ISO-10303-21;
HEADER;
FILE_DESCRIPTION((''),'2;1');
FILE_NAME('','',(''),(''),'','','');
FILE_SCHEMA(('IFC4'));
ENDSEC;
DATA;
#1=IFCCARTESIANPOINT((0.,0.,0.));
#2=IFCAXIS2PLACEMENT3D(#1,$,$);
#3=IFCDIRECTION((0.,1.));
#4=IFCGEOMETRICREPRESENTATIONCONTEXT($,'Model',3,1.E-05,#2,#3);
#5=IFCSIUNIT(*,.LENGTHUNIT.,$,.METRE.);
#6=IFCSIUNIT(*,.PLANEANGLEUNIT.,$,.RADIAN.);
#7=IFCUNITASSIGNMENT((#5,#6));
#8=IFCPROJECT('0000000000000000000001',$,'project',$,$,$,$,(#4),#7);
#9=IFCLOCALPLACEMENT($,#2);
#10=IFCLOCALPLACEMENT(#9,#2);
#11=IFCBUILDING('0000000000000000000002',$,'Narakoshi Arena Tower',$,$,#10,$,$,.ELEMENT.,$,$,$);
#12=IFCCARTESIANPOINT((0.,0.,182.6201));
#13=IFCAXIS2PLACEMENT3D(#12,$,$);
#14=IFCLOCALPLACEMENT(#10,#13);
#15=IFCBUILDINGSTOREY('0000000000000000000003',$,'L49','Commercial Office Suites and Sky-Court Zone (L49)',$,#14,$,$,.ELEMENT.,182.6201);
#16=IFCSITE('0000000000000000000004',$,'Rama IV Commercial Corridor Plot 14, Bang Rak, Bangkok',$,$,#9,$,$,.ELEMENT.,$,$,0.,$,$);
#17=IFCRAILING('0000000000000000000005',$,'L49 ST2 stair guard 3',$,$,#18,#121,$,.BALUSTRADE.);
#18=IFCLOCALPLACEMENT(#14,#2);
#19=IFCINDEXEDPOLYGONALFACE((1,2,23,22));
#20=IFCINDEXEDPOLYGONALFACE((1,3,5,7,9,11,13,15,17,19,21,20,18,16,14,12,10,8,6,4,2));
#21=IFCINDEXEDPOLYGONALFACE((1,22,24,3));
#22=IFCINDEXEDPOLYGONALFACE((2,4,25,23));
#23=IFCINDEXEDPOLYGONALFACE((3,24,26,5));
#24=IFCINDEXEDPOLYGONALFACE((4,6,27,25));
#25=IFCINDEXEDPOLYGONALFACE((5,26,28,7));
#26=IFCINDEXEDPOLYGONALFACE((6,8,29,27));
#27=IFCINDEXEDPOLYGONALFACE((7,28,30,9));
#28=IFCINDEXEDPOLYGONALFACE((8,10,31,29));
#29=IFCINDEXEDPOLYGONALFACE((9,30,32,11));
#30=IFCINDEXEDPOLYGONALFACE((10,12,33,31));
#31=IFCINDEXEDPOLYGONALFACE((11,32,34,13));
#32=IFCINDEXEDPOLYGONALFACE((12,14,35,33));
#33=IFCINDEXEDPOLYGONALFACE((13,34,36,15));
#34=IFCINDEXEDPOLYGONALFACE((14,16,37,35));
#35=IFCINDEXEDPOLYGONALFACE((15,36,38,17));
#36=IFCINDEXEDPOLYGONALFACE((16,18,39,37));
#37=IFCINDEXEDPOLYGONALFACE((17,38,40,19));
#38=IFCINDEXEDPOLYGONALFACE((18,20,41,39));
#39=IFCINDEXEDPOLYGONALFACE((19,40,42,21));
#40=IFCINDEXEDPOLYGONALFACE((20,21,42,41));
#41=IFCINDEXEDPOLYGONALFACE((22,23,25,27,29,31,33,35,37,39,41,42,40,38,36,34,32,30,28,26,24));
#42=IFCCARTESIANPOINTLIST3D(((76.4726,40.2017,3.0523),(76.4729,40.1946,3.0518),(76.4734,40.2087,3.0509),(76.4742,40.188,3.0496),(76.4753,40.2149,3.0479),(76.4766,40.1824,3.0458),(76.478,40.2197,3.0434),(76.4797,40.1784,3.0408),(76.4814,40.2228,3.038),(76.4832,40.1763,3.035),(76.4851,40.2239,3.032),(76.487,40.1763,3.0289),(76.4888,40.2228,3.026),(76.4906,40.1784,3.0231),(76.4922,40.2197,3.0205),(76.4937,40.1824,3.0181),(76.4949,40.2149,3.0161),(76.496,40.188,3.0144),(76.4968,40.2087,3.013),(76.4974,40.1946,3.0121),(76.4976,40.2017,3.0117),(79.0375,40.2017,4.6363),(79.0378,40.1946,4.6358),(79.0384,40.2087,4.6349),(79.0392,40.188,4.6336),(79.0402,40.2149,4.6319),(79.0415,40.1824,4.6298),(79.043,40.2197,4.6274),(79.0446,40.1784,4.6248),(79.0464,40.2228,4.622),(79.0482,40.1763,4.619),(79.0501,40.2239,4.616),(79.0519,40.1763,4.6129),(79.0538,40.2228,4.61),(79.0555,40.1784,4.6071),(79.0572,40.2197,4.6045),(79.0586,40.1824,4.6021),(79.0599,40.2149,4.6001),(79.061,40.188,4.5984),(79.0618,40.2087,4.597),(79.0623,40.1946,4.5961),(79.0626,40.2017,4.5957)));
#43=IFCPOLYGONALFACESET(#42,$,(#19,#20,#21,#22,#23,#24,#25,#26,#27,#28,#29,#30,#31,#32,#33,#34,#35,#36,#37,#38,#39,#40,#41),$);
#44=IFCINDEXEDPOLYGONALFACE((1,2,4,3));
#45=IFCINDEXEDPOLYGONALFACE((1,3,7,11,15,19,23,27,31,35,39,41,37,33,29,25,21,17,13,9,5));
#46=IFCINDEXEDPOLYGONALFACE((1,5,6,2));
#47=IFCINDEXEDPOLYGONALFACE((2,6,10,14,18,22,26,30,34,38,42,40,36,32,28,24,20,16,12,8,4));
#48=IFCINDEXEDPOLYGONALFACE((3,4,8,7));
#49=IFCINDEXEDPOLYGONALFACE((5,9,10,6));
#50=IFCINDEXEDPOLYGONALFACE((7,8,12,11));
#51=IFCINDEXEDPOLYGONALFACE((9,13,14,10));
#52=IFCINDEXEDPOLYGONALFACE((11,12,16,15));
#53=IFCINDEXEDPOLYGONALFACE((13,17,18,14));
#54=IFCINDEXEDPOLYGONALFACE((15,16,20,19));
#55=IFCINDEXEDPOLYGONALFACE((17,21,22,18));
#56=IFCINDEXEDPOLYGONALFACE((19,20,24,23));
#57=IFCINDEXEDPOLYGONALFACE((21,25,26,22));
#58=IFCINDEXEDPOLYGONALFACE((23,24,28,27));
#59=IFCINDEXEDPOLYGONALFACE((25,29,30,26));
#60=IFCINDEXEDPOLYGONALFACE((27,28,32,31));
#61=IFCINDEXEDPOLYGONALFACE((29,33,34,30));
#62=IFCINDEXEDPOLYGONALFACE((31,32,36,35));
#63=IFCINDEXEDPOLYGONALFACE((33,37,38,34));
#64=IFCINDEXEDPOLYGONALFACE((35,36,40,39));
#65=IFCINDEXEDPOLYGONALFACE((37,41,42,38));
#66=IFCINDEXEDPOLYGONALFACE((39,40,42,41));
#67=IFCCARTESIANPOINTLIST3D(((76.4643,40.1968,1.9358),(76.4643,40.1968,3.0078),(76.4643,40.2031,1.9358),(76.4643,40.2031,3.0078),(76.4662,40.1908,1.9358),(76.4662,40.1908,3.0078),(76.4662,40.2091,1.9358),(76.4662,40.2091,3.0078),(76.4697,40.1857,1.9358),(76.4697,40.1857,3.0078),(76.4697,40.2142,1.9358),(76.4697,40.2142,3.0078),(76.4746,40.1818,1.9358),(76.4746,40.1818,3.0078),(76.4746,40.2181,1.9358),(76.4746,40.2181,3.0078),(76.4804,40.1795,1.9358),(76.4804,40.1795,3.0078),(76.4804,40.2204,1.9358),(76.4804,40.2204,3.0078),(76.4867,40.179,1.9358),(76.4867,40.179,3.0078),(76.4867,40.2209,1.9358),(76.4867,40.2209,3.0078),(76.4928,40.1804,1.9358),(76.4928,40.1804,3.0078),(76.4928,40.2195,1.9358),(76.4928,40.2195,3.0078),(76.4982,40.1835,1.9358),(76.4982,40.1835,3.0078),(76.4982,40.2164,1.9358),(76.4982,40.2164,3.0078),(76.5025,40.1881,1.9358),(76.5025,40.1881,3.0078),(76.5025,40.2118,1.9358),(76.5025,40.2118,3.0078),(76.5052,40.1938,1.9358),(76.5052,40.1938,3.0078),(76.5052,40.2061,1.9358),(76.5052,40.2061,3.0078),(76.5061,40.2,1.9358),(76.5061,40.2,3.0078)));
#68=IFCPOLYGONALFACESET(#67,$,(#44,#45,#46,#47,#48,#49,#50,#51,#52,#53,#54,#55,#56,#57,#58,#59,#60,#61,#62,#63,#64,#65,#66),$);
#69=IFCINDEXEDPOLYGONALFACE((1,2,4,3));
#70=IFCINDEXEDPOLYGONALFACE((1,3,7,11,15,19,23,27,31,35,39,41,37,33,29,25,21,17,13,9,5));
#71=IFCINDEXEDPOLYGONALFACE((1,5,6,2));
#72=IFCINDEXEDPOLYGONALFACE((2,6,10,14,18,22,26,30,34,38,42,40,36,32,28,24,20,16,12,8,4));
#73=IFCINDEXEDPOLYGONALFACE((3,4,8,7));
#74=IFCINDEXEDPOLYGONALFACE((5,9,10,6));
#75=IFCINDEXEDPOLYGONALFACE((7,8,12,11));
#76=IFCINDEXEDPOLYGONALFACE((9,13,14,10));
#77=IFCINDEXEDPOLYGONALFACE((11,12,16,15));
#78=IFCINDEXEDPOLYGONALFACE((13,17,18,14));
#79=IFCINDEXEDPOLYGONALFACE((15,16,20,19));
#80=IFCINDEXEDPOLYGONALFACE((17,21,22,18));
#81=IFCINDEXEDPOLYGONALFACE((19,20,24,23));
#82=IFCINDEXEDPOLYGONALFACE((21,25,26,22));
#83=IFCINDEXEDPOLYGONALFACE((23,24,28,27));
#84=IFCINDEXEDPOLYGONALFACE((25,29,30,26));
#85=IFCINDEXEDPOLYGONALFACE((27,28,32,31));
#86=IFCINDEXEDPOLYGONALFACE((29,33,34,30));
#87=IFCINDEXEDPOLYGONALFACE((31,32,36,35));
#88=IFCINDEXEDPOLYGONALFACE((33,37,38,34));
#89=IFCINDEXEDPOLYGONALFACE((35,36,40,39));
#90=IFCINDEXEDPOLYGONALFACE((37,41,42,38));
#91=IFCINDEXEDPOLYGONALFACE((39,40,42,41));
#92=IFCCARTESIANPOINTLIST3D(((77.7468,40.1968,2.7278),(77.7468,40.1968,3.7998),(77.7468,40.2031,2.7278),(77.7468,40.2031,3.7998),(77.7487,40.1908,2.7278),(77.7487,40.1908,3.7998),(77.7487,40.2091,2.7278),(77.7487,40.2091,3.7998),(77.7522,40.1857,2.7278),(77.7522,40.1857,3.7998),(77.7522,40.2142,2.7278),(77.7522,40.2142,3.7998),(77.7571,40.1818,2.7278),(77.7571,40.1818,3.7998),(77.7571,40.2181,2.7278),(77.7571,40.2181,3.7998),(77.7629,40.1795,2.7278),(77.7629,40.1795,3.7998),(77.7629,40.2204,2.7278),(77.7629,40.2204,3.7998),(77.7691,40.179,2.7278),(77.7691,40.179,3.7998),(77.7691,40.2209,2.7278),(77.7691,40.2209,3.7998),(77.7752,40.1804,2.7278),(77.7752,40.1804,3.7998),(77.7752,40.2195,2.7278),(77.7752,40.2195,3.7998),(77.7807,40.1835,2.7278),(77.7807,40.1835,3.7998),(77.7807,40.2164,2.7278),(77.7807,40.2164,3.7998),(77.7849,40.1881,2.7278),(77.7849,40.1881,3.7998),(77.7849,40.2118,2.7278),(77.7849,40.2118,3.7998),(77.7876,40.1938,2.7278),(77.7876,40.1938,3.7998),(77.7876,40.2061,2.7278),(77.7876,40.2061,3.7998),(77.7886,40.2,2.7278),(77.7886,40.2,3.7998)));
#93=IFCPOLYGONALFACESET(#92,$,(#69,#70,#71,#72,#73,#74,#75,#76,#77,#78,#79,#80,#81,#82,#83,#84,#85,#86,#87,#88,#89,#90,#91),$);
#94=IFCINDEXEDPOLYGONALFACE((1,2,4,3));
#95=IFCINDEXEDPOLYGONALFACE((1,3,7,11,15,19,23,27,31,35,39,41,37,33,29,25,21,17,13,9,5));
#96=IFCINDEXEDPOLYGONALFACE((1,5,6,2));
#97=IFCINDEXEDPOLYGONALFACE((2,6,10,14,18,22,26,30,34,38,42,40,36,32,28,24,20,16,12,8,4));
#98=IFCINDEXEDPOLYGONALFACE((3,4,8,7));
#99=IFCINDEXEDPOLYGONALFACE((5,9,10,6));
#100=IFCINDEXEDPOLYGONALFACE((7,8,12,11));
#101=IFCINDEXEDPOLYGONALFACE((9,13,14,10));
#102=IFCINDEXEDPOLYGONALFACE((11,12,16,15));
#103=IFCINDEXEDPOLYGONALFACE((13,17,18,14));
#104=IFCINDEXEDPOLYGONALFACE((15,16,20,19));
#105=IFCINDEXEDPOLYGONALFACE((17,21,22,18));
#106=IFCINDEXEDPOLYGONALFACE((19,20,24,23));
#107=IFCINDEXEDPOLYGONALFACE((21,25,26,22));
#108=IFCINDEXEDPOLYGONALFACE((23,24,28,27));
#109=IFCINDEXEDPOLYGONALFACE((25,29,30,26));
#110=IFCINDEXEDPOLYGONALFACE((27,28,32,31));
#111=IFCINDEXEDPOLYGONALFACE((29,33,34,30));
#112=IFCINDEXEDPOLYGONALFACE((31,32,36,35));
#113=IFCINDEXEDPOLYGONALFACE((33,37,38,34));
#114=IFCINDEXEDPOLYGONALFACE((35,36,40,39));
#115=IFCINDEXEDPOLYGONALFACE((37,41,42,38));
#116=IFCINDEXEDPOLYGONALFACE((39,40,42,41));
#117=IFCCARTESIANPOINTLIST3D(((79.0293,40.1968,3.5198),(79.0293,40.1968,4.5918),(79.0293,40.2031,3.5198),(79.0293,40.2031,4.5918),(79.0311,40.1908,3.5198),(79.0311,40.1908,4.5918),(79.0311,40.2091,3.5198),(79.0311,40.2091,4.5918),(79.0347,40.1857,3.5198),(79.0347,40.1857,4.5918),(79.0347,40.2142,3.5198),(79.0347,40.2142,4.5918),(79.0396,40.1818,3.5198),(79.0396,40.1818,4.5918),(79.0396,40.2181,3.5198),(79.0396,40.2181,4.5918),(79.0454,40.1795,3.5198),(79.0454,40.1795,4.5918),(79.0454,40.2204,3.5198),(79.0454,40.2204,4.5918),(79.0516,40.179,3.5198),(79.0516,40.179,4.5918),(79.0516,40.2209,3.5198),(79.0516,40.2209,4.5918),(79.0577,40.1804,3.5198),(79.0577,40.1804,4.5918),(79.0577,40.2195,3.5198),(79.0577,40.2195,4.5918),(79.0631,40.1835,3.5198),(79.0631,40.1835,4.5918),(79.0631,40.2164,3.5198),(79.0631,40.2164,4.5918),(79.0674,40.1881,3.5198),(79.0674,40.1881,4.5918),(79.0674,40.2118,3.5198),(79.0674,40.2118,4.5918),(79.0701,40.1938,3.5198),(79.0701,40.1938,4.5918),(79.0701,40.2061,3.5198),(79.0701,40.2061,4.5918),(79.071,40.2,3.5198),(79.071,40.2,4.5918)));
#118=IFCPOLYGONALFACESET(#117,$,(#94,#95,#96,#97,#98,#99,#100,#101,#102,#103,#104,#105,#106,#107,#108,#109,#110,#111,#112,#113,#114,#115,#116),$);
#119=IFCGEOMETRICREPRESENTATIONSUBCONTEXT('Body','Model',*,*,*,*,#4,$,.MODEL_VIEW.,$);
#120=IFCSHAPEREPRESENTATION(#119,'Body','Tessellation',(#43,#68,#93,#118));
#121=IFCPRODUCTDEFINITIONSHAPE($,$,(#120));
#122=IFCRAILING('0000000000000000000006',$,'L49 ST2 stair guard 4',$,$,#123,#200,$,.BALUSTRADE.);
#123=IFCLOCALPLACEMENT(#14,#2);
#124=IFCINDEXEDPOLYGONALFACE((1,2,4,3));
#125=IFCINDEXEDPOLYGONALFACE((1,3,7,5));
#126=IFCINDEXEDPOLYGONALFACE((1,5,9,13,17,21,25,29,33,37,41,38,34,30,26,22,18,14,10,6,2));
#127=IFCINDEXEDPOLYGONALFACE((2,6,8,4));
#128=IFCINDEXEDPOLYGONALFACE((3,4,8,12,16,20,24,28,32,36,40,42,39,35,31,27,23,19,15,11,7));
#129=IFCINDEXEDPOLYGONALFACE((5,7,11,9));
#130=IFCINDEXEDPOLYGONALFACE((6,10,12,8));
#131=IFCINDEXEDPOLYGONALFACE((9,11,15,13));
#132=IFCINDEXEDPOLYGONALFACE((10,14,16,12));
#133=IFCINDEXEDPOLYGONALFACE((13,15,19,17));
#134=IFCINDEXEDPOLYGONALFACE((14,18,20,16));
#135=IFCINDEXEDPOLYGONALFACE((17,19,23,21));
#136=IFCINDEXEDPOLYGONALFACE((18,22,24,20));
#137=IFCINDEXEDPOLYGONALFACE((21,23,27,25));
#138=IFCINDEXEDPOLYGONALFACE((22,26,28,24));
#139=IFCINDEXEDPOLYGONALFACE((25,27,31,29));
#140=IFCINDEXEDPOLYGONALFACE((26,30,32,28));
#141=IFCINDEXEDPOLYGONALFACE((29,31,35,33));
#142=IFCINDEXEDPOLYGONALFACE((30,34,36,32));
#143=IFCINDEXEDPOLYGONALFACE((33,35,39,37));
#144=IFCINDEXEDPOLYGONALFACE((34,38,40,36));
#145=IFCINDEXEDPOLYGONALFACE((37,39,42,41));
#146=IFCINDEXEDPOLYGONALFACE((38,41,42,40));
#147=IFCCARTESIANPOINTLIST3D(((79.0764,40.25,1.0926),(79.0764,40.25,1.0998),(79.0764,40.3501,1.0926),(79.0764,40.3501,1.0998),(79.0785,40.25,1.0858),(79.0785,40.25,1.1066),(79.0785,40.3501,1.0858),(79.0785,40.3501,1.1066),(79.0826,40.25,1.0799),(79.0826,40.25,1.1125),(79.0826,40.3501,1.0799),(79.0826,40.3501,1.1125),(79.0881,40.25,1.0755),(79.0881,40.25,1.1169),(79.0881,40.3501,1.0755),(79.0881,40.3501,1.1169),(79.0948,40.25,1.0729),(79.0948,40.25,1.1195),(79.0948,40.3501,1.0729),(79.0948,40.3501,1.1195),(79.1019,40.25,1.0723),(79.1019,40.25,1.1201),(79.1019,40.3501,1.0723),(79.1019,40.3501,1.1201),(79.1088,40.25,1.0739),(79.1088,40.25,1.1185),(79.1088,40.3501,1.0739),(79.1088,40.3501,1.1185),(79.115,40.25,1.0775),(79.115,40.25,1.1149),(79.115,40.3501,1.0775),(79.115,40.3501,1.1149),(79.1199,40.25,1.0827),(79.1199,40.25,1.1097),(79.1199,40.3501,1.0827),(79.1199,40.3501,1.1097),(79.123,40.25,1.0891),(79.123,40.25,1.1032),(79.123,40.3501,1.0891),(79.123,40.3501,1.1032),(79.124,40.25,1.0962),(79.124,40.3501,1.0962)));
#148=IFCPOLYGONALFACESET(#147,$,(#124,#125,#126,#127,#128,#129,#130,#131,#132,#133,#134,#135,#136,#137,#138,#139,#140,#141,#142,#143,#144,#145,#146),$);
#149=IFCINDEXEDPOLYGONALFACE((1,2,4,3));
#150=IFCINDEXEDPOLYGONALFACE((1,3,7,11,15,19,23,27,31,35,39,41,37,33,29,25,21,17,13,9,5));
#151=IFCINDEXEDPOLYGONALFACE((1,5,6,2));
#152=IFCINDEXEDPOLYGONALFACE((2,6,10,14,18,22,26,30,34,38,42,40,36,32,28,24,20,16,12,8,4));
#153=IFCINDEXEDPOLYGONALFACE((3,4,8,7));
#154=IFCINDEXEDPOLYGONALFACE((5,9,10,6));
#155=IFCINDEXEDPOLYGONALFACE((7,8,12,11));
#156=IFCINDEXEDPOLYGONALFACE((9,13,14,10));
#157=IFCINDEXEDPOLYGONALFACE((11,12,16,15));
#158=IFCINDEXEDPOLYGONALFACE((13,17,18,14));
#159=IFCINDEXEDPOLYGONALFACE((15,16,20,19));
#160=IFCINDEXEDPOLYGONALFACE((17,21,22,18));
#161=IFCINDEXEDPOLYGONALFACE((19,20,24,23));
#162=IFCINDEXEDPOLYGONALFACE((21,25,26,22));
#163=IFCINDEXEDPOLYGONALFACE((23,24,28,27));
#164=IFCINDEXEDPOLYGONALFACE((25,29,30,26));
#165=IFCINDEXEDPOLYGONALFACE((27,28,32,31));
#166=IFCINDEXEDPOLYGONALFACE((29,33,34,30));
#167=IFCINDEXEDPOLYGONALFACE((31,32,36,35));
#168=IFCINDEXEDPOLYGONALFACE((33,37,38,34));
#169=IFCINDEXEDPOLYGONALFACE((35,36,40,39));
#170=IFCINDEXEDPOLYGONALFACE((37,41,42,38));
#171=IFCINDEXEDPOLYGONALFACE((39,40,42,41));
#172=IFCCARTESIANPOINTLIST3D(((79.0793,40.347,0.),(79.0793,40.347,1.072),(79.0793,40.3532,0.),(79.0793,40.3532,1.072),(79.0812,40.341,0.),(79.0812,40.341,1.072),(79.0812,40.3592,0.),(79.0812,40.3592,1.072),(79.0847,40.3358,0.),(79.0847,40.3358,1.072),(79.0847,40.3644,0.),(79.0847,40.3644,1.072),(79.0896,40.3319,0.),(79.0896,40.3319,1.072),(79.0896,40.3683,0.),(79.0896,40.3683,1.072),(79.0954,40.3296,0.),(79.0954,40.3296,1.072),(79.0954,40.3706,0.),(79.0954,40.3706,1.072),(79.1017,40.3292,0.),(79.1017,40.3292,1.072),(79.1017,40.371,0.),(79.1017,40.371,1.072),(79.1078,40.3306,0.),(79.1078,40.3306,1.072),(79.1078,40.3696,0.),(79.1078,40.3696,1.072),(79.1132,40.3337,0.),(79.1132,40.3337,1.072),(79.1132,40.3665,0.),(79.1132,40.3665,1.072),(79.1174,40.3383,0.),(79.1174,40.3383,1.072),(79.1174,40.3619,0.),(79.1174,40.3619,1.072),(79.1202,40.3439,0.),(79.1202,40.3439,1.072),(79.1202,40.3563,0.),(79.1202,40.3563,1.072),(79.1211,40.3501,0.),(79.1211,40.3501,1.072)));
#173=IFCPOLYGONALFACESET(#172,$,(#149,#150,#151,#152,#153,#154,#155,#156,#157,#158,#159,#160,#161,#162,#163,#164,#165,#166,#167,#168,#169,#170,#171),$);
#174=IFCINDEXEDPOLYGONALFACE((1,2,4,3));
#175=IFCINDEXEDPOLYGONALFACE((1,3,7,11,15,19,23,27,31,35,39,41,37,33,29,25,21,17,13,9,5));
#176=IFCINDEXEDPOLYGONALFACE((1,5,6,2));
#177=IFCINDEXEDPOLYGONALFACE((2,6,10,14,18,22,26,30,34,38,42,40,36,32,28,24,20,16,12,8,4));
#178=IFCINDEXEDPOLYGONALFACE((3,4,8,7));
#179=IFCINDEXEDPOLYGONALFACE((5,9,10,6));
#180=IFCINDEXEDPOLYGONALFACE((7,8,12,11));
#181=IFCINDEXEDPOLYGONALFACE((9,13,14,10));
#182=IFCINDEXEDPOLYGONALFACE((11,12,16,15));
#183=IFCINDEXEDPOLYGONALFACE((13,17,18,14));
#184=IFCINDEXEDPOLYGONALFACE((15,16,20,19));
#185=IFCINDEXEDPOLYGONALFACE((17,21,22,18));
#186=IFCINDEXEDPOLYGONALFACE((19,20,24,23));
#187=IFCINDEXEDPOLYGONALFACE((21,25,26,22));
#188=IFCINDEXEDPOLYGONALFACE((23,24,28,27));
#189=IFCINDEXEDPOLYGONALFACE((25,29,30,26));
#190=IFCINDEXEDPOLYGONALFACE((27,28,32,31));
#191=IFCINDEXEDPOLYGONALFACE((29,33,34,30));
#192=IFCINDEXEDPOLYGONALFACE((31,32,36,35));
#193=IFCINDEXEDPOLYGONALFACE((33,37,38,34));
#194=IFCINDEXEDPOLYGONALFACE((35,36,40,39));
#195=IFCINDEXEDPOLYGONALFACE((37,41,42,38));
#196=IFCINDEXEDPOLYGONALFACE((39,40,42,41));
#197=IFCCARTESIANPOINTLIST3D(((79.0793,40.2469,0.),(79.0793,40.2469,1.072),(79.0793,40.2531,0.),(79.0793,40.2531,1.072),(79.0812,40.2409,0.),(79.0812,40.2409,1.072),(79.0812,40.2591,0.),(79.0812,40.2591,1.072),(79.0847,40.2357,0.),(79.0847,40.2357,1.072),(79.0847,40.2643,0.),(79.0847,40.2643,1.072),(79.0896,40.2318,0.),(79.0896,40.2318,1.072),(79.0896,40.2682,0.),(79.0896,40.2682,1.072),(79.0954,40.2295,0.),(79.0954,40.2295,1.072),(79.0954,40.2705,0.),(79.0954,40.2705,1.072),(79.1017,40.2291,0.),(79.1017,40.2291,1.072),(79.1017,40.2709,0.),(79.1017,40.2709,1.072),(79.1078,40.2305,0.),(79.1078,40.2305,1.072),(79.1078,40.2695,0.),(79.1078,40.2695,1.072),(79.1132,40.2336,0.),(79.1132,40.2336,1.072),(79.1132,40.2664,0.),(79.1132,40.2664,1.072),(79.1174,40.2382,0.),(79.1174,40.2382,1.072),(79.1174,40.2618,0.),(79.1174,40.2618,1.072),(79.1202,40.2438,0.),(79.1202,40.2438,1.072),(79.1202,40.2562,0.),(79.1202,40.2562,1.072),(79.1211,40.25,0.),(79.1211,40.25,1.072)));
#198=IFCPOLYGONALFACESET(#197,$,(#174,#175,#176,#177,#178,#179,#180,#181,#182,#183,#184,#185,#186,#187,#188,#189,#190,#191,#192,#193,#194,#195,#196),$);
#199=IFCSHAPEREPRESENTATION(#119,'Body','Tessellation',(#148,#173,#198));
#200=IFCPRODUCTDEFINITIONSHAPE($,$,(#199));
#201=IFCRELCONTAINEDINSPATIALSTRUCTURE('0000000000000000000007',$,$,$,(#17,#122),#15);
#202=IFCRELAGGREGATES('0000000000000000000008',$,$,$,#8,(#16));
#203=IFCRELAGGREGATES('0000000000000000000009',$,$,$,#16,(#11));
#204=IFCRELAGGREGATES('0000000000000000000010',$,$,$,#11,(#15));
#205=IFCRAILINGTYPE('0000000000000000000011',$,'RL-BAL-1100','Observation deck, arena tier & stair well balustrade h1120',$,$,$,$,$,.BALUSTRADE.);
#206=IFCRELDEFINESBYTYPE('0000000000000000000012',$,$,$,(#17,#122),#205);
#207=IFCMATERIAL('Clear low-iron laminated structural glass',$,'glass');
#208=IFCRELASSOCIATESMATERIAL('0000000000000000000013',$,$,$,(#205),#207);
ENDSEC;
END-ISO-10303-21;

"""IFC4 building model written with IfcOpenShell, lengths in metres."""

from ifc_helpers import new_model, si_unit, direction, frame, origin, origin_2d, place, context, subcontext, project, spatial, circle, extrude, material, type_object, element, save


model = new_model("IFC4")

# Units and contexts
model_context = context("Model", 3, precision=1e-05, world=origin(), true_north=direction((0.0, 1.0)))
body_context = subcontext(model_context, "Body", "Model", "MODEL_VIEW")
ifc_project = project(units=[si_unit("LENGTHUNIT", "METRE"), si_unit("PLANEANGLEUNIT", "RADIAN")], contexts=[model_context])

# Site, building, storey
site_placement = place(None, origin())
site = spatial("IfcSite", under=ifc_project, at=site_placement, Name="Rama IV Commercial Corridor Plot 14, Bang Rak, Bangkok", CompositionType="ELEMENT", RefElevation=0.0)
building_placement = place(site_placement, origin())
building = spatial("IfcBuilding", under=site, at=building_placement, Name="Narakoshi Arena Tower", CompositionType="ELEMENT")
storey_placement = place(building_placement, frame((0.0, 0.0, 182.6201)))
storey = spatial("IfcBuildingStorey", under=building, at=storey_placement, Name="L49", Description="Commercial Office Suites and Sky-Court Zone (L49)", CompositionType="ELEMENT", Elevation=182.6201)

# Railings
ifc_material_1 = material(Name="Clear low-iron laminated structural glass", Category="glass")
railing_type_1 = type_object("IfcRailingType", Name="RL-BAL-1100", Description="Observation deck, arena tier & stair well balustrade h1120", PredefinedType="BALUSTRADE", material=ifc_material_1)
railing_1_placement = place(storey_placement, frame((76.4851, 40.2, 1.9358)))
element("IfcRailing", 1, at=railing_1_placement, inside=storey, type_object=railing_type_1, Name="L49 ST2 stair guard 3", PredefinedType="BALUSTRADE", context=body_context, shape_type="SweptSolid", body=[
    extrude(circle(Radius=0.0239, at=origin_2d()), frame((0.0, 0.0, 1.0962), z_axis=(0.850834, 0.0, 0.525434), x_axis=(0.0, 1.0, 0.0)), (0.0, 0.0, 1.0), 3.0146),
    extrude(circle(Radius=0.021, at=origin_2d()), origin(), (0.0, 0.0, 1.0), 1.072),
    extrude(circle(Radius=0.021, at=origin_2d()), frame((1.2825, 0.0, 0.792)), (0.0, 0.0, 1.0), 1.072),
    extrude(circle(Radius=0.021, at=origin_2d()), frame((2.5649, 0.0, 1.584)), (0.0, 0.0, 1.0), 1.072),
])
railing_2_placement = place(storey_placement, frame((79.1001, 40.3501, 0.0)))
element("IfcRailing", 2, at=railing_2_placement, inside=storey, type_object=railing_type_1, Name="L49 ST2 stair guard 4", PredefinedType="BALUSTRADE", context=body_context, shape_type="SweptSolid", body=[
    extrude(circle(Radius=0.0239, at=origin_2d()), frame((0.0, 0.0, 1.0962), z_axis=(0.0, -1.0, 0.0), x_axis=(1.0, 0.0, 0.0)), (0.0, 0.0, 1.0), 0.1001),
    extrude(circle(Radius=0.021, at=origin_2d()), origin(), (0.0, 0.0, 1.0), 1.072),
    extrude(circle(Radius=0.021, at=origin_2d()), frame((0.0, -0.1001, 0.0)), (0.0, 0.0, 1.0), 1.072),
])

save(model, "model.ifc")
